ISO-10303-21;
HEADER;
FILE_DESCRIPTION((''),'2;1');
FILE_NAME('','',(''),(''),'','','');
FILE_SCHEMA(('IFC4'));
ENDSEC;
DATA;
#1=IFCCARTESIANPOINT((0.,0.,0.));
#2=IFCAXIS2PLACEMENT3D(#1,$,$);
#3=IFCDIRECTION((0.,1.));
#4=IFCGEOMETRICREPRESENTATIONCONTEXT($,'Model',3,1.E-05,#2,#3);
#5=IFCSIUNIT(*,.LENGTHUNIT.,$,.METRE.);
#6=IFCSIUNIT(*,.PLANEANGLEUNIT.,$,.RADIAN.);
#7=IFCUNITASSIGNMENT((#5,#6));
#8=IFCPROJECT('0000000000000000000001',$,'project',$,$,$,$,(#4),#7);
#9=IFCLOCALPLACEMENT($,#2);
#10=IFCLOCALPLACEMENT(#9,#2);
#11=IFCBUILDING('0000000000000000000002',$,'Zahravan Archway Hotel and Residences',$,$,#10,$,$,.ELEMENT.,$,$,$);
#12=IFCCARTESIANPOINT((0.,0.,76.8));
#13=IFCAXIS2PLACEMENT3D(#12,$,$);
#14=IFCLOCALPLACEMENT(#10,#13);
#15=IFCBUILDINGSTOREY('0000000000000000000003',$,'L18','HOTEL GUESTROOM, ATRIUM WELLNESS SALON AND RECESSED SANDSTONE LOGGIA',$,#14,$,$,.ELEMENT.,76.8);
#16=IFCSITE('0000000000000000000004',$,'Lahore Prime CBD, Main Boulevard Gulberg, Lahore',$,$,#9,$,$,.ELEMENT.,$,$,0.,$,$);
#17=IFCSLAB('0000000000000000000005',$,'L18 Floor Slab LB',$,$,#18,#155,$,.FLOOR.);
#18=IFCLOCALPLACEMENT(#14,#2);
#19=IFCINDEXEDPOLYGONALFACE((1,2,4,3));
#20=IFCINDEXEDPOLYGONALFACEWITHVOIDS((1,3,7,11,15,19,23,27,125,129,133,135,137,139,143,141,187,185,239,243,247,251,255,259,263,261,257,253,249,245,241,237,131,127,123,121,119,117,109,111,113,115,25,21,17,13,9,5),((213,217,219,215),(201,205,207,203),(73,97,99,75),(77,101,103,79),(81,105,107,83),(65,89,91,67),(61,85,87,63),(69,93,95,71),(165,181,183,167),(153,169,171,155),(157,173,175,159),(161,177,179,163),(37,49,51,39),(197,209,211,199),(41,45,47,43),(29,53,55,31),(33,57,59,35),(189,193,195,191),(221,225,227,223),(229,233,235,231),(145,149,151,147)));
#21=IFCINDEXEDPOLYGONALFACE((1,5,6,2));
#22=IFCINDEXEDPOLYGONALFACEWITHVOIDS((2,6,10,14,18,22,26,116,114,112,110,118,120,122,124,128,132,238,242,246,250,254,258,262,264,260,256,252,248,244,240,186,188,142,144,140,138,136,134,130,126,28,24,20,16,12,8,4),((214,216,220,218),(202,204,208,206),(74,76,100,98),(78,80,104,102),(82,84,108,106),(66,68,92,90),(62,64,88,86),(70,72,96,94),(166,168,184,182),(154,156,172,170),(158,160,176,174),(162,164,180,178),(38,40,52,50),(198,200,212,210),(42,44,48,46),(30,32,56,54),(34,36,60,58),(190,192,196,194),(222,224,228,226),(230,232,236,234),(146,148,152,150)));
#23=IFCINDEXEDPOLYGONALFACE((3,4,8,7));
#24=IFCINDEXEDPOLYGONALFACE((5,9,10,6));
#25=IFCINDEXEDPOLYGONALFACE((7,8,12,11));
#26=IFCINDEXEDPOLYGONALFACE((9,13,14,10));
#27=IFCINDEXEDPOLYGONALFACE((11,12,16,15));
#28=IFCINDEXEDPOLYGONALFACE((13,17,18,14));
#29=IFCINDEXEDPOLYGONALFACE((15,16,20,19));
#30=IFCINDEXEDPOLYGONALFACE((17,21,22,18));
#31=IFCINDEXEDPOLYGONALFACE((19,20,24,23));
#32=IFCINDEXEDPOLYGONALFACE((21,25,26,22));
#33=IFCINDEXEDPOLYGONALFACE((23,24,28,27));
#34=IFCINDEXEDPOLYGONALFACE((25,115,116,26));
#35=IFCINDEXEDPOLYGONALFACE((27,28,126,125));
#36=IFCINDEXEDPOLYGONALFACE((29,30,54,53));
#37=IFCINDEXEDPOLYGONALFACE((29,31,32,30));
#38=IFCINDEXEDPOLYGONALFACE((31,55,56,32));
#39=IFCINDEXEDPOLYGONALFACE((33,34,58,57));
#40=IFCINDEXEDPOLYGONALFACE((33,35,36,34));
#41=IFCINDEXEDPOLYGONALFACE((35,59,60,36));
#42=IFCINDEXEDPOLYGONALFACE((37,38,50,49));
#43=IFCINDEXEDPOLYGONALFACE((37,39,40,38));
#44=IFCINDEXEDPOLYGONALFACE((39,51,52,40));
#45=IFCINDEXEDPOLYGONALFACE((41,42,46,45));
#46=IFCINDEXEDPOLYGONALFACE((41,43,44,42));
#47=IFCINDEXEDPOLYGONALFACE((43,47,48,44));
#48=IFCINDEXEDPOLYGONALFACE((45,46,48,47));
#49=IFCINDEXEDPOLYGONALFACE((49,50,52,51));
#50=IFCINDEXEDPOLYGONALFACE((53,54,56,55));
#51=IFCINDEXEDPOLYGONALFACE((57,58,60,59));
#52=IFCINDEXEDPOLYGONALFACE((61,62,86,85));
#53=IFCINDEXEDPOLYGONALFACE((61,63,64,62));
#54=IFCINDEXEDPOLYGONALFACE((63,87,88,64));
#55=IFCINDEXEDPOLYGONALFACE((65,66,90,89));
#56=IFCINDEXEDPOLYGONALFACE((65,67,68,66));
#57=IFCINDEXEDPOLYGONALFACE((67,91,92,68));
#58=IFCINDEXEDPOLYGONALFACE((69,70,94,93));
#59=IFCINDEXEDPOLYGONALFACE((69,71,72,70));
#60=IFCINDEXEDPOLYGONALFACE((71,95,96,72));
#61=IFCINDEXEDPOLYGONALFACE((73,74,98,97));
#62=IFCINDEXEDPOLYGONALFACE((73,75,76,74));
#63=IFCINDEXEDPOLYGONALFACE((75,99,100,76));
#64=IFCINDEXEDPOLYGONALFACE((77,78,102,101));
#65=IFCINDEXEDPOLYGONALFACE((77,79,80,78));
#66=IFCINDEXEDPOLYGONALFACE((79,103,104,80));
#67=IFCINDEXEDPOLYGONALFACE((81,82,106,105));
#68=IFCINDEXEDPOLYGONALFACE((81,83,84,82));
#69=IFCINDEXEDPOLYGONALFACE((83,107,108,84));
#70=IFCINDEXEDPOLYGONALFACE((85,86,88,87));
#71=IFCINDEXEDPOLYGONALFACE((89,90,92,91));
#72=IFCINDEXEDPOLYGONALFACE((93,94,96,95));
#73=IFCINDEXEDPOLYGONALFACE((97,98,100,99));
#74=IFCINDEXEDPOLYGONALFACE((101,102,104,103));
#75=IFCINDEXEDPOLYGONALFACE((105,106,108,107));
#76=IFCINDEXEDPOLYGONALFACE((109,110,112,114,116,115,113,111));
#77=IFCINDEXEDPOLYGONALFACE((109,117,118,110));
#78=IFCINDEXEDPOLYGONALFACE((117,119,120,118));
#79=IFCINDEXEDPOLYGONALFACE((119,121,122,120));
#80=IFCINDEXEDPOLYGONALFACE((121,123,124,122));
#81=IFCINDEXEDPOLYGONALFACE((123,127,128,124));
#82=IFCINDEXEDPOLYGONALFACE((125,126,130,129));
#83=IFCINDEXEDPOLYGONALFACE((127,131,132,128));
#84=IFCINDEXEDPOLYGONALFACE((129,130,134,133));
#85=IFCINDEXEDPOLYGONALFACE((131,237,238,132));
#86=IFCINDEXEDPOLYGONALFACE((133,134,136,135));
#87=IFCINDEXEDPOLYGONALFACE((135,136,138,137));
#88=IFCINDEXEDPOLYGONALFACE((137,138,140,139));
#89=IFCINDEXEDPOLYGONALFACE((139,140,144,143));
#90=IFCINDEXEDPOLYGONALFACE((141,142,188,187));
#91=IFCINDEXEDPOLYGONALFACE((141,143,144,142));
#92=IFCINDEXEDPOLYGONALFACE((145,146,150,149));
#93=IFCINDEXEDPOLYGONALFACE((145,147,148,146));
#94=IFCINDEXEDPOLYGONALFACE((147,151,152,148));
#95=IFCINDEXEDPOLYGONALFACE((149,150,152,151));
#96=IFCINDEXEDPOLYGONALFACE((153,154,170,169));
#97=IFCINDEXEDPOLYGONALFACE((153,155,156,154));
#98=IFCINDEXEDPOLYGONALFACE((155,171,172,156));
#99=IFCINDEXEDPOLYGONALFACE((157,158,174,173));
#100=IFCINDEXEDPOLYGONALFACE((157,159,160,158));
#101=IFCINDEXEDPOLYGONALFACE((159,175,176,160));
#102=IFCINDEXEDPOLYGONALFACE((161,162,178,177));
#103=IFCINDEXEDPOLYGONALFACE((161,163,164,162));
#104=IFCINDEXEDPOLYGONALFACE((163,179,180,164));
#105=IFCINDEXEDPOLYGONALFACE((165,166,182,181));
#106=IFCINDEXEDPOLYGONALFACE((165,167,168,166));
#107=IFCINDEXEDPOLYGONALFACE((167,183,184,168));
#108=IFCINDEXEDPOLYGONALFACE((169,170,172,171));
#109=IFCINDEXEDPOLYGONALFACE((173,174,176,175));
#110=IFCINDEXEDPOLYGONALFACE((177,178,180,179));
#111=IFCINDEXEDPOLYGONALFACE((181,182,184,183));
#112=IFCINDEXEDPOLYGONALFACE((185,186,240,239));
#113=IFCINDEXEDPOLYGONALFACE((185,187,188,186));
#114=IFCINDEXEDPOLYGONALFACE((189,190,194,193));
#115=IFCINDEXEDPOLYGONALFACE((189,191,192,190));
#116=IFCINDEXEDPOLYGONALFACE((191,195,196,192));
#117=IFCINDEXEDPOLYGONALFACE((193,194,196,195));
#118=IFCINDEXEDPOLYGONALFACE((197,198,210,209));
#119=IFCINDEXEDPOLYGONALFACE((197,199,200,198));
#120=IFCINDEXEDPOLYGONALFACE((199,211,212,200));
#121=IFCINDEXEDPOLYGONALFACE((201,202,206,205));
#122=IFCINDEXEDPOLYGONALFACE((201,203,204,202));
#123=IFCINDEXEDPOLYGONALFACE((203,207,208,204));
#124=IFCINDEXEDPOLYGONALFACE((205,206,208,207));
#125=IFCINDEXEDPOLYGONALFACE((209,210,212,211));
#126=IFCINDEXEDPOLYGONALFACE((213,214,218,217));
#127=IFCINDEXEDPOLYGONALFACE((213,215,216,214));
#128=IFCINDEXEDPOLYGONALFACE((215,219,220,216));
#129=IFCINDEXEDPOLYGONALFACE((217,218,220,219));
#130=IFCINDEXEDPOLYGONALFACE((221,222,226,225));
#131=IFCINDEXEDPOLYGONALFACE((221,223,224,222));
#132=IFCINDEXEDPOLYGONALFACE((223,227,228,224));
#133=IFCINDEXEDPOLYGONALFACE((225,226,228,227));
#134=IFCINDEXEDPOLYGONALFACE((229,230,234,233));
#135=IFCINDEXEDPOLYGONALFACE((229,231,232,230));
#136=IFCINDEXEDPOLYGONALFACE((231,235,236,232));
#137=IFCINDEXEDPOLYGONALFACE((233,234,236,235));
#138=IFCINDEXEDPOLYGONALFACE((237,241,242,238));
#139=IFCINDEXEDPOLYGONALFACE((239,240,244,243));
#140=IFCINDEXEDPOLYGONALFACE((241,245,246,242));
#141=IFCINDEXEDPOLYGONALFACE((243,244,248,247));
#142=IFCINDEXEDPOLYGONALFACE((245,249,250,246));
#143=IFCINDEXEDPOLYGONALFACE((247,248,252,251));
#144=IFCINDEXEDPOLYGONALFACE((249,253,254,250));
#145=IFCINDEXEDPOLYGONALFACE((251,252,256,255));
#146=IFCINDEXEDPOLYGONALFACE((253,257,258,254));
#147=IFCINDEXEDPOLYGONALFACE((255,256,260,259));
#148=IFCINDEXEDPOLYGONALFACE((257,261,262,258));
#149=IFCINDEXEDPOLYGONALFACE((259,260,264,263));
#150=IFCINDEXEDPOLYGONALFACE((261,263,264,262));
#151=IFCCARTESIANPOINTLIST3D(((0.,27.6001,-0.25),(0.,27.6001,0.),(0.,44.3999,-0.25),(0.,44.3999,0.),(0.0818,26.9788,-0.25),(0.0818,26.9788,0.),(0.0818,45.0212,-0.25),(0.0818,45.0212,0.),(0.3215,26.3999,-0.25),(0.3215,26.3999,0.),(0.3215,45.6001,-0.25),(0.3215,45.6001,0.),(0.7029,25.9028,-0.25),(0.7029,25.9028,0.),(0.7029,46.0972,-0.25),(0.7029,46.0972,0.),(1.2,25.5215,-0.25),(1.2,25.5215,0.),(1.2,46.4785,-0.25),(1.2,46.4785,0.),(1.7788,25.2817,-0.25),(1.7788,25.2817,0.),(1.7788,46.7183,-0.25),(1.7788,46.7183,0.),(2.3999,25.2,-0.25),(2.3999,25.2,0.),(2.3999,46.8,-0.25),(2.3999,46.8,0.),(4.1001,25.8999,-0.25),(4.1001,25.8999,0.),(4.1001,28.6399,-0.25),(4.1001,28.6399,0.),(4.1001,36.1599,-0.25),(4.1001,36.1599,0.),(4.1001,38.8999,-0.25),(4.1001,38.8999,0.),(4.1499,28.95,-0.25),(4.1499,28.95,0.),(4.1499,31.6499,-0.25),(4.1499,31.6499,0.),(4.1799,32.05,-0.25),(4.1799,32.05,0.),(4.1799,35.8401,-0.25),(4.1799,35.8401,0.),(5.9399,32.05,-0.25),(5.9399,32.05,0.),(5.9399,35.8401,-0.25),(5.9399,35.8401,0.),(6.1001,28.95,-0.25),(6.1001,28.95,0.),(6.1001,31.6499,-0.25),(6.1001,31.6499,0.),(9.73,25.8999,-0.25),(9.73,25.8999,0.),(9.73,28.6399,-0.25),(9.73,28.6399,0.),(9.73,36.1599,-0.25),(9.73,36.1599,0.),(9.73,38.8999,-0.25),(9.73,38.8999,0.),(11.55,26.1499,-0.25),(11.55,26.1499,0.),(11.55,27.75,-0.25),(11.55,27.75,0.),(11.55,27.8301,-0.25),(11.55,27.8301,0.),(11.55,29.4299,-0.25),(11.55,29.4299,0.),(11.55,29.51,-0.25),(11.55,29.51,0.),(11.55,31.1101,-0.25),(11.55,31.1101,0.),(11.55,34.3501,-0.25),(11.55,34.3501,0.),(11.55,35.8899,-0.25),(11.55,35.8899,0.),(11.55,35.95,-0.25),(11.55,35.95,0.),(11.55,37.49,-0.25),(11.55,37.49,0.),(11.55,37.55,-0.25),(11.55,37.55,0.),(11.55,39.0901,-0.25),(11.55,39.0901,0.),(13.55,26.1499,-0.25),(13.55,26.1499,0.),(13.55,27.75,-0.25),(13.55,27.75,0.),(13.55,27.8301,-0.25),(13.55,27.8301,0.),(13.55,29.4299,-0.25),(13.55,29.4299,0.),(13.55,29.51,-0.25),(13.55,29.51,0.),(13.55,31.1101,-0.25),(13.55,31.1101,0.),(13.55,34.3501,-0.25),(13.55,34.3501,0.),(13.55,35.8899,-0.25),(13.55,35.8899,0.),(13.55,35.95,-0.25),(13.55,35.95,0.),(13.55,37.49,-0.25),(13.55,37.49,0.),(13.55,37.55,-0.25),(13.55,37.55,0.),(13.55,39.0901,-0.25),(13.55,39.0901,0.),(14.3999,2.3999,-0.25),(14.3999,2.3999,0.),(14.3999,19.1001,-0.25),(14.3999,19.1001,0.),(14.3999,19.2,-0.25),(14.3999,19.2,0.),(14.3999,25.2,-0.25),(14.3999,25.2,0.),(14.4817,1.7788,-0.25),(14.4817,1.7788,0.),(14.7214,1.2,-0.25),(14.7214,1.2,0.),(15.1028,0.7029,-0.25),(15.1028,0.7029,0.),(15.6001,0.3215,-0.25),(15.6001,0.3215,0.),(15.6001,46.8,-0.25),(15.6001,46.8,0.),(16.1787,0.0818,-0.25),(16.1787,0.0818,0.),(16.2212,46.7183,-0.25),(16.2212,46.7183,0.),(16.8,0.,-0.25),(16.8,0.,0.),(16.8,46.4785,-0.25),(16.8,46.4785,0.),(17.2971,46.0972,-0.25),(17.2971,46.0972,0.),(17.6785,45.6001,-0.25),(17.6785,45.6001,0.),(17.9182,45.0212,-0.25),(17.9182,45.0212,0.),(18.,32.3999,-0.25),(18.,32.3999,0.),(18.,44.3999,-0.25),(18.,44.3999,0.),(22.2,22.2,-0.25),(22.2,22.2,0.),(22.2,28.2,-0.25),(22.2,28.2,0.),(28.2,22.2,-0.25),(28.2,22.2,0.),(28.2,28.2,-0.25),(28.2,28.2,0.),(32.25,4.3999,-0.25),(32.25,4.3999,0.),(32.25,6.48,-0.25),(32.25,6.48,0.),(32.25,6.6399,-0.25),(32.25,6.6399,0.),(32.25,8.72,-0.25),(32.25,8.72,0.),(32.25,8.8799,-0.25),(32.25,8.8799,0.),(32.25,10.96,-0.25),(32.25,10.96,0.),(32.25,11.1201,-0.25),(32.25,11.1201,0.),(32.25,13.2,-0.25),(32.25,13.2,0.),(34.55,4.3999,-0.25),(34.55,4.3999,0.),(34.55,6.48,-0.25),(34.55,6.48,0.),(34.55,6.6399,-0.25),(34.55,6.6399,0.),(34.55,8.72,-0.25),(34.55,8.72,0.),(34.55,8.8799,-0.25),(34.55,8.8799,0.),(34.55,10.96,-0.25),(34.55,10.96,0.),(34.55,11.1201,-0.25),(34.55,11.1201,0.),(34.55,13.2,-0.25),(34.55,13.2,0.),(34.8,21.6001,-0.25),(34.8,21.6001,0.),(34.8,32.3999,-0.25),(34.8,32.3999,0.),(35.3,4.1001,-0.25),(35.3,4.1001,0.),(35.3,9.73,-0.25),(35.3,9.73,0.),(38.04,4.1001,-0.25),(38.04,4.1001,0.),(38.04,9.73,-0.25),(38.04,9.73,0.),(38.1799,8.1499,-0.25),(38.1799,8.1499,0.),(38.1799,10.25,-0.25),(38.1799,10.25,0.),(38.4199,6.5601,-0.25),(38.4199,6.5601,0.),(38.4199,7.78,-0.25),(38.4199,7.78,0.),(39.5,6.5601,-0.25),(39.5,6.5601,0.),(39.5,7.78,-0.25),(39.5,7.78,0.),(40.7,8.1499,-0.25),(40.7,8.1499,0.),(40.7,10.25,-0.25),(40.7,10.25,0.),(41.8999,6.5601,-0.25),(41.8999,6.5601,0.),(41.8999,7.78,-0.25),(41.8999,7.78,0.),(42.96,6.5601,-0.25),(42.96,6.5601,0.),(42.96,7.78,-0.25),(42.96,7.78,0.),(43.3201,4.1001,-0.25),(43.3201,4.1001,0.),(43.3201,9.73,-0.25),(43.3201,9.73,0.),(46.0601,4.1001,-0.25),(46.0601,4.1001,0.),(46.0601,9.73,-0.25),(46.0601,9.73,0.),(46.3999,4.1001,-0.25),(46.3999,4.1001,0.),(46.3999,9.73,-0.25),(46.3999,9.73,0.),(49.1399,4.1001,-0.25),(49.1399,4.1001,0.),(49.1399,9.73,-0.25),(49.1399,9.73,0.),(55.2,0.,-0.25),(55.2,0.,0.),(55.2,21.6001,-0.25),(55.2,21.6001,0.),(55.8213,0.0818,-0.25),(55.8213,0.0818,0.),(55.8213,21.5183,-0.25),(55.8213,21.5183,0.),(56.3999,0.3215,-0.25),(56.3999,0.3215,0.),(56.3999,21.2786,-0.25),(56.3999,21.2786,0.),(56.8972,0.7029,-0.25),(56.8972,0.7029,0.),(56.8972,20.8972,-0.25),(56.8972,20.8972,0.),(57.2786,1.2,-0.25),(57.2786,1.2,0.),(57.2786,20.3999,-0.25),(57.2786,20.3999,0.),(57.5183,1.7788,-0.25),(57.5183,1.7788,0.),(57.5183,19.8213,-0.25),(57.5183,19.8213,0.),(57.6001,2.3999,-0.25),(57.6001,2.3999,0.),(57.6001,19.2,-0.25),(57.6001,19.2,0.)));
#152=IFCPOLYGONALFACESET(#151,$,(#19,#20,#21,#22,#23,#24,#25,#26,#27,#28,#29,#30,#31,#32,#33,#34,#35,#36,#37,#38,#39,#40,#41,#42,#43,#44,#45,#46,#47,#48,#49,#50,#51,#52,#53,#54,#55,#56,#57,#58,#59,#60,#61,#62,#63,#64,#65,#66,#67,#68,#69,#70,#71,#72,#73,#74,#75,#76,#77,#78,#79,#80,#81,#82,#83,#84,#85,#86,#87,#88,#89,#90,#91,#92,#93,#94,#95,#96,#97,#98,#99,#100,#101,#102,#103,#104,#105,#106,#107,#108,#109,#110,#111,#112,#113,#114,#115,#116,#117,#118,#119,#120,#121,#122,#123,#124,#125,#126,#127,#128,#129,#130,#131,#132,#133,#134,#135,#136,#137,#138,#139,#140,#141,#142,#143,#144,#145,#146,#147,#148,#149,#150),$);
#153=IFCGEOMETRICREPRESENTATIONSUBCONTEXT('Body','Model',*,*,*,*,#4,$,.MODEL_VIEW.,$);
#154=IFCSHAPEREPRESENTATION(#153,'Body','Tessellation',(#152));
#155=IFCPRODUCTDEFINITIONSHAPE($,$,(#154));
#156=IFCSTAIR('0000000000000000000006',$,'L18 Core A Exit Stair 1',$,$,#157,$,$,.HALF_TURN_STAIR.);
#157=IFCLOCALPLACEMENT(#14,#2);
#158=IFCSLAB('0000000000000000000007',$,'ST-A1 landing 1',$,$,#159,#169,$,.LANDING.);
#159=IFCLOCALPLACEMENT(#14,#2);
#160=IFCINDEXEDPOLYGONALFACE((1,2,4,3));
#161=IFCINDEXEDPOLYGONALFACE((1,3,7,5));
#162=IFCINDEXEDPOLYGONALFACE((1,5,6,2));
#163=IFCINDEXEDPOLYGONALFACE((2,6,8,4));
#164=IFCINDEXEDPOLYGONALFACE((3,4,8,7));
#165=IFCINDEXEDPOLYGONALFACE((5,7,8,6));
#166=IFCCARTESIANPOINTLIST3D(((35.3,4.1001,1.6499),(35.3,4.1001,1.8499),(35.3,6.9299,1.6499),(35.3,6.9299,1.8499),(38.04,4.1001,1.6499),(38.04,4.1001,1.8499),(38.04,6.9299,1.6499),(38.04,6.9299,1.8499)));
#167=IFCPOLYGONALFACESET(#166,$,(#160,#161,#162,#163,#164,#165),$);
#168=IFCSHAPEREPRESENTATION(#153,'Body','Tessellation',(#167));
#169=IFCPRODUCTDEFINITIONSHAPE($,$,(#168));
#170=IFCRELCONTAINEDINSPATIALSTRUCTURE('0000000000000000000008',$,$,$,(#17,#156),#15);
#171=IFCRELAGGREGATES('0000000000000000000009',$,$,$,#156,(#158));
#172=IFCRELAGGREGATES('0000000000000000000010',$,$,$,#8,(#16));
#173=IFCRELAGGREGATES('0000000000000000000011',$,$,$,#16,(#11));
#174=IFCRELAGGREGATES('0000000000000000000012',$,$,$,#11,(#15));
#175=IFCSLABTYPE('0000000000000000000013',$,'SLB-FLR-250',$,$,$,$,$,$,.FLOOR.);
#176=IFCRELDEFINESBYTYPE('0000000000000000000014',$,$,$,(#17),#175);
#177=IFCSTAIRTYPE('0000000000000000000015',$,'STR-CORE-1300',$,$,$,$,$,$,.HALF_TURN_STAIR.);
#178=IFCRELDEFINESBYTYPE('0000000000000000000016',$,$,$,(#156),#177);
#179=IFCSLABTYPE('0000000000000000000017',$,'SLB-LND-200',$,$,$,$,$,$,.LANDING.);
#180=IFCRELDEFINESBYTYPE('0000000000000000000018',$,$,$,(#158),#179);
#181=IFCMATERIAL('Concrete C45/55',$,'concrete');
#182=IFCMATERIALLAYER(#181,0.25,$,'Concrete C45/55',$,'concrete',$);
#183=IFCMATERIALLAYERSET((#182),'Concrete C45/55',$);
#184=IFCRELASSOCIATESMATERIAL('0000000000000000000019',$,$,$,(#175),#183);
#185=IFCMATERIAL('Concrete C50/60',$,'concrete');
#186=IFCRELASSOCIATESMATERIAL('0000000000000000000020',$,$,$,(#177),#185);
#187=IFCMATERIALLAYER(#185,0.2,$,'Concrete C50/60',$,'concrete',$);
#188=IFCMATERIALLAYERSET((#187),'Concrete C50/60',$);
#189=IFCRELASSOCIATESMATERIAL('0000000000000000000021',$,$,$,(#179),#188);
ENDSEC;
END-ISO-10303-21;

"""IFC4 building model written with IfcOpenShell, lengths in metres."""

from ifc_helpers import new_model, si_unit, direction, frame, origin, place, context, subcontext, project, spatial, polyline, outline, extrude, material, layer, layer_set, type_object, element, aggregate, save


model = new_model("IFC4")

# Units and contexts
model_context = context("Model", 3, precision=1e-05, world=origin(), true_north=direction((0.0, 1.0)))
body_context = subcontext(model_context, "Body", "Model", "MODEL_VIEW")
ifc_project = project(units=[si_unit("LENGTHUNIT", "METRE"), si_unit("PLANEANGLEUNIT", "RADIAN")], contexts=[model_context])

# Site, building, storey
site_placement = place(None, origin())
site = spatial("IfcSite", under=ifc_project, at=site_placement, Name="Lahore Prime CBD, Main Boulevard Gulberg, Lahore", CompositionType="ELEMENT", RefElevation=0.0)
building_placement = place(site_placement, origin())
building = spatial("IfcBuilding", under=site, at=building_placement, Name="Zahravan Archway Hotel and Residences", CompositionType="ELEMENT")
storey_placement = place(building_placement, frame((0.0, 0.0, 76.8)))
storey = spatial("IfcBuildingStorey", under=building, at=storey_placement, Name="L18", Description="HOTEL GUESTROOM, ATRIUM WELLNESS SALON AND RECESSED SANDSTONE LOGGIA", CompositionType="ELEMENT", Elevation=76.8)

# Slab
ifc_material_1 = material(Name="Concrete C45/55", Category="concrete")
ifc_layer_1 = layer(ifc_material_1, 0.25, Name="Concrete C45/55", Category="concrete")
ifc_layer_set_1 = layer_set([ifc_layer_1], Name="Concrete C45/55")
slab_type_1 = type_object("IfcSlabType", Name="SLB-FLR-250", PredefinedType="FLOOR", material=ifc_layer_set_1)
slab_1_placement = place(storey_placement, frame((0.0, 0.0, -0.25)))
element("IfcSlab", 1, at=slab_1_placement, inside=storey, type_object=slab_type_1, Name="L18 Floor Slab LB", PredefinedType="FLOOR", context=body_context, shape_type="SweptSolid", body=[
    extrude(outline(polyline([(34.8, 21.6001), (34.8, 32.3999), (18.0, 32.3999), (18.0, 44.3999), (17.9182, 45.0212), (17.6785, 45.6001), (17.2971, 46.0972), (16.8, 46.4785), (16.2212, 46.7183), (15.6001, 46.8), (2.3999, 46.8), (1.7788, 46.7183), (1.2, 46.4785), (0.7029, 46.0972), (0.3215, 45.6001), (0.0818, 45.0212), (0.0, 44.3999), (0.0, 27.6001), (0.0818, 26.9788), (0.3215, 26.3999), (0.7029, 25.9028), (1.2, 25.5215), (1.7788, 25.2817), (2.3999, 25.2), (14.3999, 25.2), (14.3999, 19.2), (14.3999, 19.1001), (14.3999, 2.3999), (14.4817, 1.7788), (14.7214, 1.2), (15.1028, 0.7029), (15.6001, 0.3215), (16.1787, 0.0818), (16.8, 0.0), (55.2, 0.0), (55.8213, 0.0818), (56.3999, 0.3215), (56.8972, 0.7029), (57.2786, 1.2), (57.5183, 1.7788), (57.6001, 2.3999), (57.6001, 19.2), (57.5183, 19.8213), (57.2786, 20.3999), (56.8972, 20.8972), (56.3999, 21.2786), (55.8213, 21.5183), (55.2, 21.6001), (34.8, 21.6001)]), holes=[polyline([(35.3, 9.73), (35.3, 4.1001), (38.04, 4.1001), (38.04, 9.73), (35.3, 9.73)]), polyline([(43.3201, 9.73), (43.3201, 4.1001), (46.0601, 4.1001), (46.0601, 9.73), (43.3201, 9.73)]), polyline([(46.3999, 9.73), (46.3999, 4.1001), (49.1399, 4.1001), (49.1399, 9.73), (46.3999, 9.73)]), polyline([(9.73, 28.6399), (4.1001, 28.6399), (4.1001, 25.8999), (9.73, 25.8999), (9.73, 28.6399)]), polyline([(9.73, 38.8999), (4.1001, 38.8999), (4.1001, 36.1599), (9.73, 36.1599), (9.73, 38.8999)]), polyline([(38.1799, 8.1499), (40.7, 8.1499), (40.7, 10.25), (38.1799, 10.25), (38.1799, 8.1499)]), polyline([(4.1499, 28.95), (6.1001, 28.95), (6.1001, 31.6499), (4.1499, 31.6499), (4.1499, 28.95)]), polyline([(11.55, 26.1499), (13.55, 26.1499), (13.55, 27.75), (11.55, 27.75), (11.55, 26.1499)]), polyline([(11.55, 27.8301), (13.55, 27.8301), (13.55, 29.4299), (11.55, 29.4299), (11.55, 27.8301)]), polyline([(11.55, 29.51), (13.55, 29.51), (13.55, 31.1101), (11.55, 31.1101), (11.55, 29.51)]), polyline([(11.55, 34.3501), (13.55, 34.3501), (13.55, 35.8899), (11.55, 35.8899), (11.55, 34.3501)]), polyline([(11.55, 35.95), (13.55, 35.95), (13.55, 37.49), (11.55, 37.49), (11.55, 35.95)]), polyline([(11.55, 37.55), (13.55, 37.55), (13.55, 39.0901), (11.55, 39.0901), (11.55, 37.55)]), polyline([(32.25, 4.3999), (34.55, 4.3999), (34.55, 6.48), (32.25, 6.48), (32.25, 4.3999)]), polyline([(32.25, 6.6399), (34.55, 6.6399), (34.55, 8.72), (32.25, 8.72), (32.25, 6.6399)]), polyline([(32.25, 8.8799), (34.55, 8.8799), (34.55, 10.96), (32.25, 10.96), (32.25, 8.8799)]), polyline([(32.25, 11.1201), (34.55, 11.1201), (34.55, 13.2), (32.25, 13.2), (32.25, 11.1201)]), polyline([(22.2, 22.2), (28.2, 22.2), (28.2, 28.2), (22.2, 28.2), (22.2, 22.2)]), polyline([(38.4199, 6.5601), (39.5, 6.5601), (39.5, 7.78), (38.4199, 7.78), (38.4199, 6.5601)]), polyline([(41.8999, 6.5601), (42.96, 6.5601), (42.96, 7.78), (41.8999, 7.78), (41.8999, 6.5601)]), polyline([(4.1799, 32.05), (5.9399, 32.05), (5.9399, 35.8401), (4.1799, 35.8401), (4.1799, 32.05)])]), origin(), (0.0, 0.0, 1.0), 0.25),
])

# Stair, slab
ifc_material_2 = material(Name="Concrete C50/60", Category="concrete")
stair_type = type_object("IfcStairType", Name="STR-CORE-1300", PredefinedType="HALF_TURN_STAIR", material=ifc_material_2)
stair_1_placement = place(storey_placement, origin())
stair_1 = element("IfcStair", 2, at=stair_1_placement, inside=storey, type_object=stair_type, Name="L18 Core A Exit Stair 1", PredefinedType="HALF_TURN_STAIR")
ifc_layer_2 = layer(ifc_material_2, 0.2, Name="Concrete C50/60", Category="concrete")
ifc_layer_set_2 = layer_set([ifc_layer_2], Name="Concrete C50/60")
slab_type_2 = type_object("IfcSlabType", Name="SLB-LND-200", PredefinedType="LANDING", material=ifc_layer_set_2)
slab_2_placement = place(storey_placement, frame((0.0, 0.0, 1.6499)))
slab_2 = element("IfcSlab", 3, at=slab_2_placement, type_object=slab_type_2, Name="ST-A1 landing 1", PredefinedType="LANDING", context=body_context, shape_type="SweptSolid", body=[
    extrude(outline(polyline([(35.3, 6.9299), (35.3, 4.1001), (38.04, 4.1001), (38.04, 6.9299), (35.3, 6.9299)])), origin(), (0.0, 0.0, 1.0), 0.2),
])
aggregate(stair_1, [slab_2])

save(model, "model.ifc")
